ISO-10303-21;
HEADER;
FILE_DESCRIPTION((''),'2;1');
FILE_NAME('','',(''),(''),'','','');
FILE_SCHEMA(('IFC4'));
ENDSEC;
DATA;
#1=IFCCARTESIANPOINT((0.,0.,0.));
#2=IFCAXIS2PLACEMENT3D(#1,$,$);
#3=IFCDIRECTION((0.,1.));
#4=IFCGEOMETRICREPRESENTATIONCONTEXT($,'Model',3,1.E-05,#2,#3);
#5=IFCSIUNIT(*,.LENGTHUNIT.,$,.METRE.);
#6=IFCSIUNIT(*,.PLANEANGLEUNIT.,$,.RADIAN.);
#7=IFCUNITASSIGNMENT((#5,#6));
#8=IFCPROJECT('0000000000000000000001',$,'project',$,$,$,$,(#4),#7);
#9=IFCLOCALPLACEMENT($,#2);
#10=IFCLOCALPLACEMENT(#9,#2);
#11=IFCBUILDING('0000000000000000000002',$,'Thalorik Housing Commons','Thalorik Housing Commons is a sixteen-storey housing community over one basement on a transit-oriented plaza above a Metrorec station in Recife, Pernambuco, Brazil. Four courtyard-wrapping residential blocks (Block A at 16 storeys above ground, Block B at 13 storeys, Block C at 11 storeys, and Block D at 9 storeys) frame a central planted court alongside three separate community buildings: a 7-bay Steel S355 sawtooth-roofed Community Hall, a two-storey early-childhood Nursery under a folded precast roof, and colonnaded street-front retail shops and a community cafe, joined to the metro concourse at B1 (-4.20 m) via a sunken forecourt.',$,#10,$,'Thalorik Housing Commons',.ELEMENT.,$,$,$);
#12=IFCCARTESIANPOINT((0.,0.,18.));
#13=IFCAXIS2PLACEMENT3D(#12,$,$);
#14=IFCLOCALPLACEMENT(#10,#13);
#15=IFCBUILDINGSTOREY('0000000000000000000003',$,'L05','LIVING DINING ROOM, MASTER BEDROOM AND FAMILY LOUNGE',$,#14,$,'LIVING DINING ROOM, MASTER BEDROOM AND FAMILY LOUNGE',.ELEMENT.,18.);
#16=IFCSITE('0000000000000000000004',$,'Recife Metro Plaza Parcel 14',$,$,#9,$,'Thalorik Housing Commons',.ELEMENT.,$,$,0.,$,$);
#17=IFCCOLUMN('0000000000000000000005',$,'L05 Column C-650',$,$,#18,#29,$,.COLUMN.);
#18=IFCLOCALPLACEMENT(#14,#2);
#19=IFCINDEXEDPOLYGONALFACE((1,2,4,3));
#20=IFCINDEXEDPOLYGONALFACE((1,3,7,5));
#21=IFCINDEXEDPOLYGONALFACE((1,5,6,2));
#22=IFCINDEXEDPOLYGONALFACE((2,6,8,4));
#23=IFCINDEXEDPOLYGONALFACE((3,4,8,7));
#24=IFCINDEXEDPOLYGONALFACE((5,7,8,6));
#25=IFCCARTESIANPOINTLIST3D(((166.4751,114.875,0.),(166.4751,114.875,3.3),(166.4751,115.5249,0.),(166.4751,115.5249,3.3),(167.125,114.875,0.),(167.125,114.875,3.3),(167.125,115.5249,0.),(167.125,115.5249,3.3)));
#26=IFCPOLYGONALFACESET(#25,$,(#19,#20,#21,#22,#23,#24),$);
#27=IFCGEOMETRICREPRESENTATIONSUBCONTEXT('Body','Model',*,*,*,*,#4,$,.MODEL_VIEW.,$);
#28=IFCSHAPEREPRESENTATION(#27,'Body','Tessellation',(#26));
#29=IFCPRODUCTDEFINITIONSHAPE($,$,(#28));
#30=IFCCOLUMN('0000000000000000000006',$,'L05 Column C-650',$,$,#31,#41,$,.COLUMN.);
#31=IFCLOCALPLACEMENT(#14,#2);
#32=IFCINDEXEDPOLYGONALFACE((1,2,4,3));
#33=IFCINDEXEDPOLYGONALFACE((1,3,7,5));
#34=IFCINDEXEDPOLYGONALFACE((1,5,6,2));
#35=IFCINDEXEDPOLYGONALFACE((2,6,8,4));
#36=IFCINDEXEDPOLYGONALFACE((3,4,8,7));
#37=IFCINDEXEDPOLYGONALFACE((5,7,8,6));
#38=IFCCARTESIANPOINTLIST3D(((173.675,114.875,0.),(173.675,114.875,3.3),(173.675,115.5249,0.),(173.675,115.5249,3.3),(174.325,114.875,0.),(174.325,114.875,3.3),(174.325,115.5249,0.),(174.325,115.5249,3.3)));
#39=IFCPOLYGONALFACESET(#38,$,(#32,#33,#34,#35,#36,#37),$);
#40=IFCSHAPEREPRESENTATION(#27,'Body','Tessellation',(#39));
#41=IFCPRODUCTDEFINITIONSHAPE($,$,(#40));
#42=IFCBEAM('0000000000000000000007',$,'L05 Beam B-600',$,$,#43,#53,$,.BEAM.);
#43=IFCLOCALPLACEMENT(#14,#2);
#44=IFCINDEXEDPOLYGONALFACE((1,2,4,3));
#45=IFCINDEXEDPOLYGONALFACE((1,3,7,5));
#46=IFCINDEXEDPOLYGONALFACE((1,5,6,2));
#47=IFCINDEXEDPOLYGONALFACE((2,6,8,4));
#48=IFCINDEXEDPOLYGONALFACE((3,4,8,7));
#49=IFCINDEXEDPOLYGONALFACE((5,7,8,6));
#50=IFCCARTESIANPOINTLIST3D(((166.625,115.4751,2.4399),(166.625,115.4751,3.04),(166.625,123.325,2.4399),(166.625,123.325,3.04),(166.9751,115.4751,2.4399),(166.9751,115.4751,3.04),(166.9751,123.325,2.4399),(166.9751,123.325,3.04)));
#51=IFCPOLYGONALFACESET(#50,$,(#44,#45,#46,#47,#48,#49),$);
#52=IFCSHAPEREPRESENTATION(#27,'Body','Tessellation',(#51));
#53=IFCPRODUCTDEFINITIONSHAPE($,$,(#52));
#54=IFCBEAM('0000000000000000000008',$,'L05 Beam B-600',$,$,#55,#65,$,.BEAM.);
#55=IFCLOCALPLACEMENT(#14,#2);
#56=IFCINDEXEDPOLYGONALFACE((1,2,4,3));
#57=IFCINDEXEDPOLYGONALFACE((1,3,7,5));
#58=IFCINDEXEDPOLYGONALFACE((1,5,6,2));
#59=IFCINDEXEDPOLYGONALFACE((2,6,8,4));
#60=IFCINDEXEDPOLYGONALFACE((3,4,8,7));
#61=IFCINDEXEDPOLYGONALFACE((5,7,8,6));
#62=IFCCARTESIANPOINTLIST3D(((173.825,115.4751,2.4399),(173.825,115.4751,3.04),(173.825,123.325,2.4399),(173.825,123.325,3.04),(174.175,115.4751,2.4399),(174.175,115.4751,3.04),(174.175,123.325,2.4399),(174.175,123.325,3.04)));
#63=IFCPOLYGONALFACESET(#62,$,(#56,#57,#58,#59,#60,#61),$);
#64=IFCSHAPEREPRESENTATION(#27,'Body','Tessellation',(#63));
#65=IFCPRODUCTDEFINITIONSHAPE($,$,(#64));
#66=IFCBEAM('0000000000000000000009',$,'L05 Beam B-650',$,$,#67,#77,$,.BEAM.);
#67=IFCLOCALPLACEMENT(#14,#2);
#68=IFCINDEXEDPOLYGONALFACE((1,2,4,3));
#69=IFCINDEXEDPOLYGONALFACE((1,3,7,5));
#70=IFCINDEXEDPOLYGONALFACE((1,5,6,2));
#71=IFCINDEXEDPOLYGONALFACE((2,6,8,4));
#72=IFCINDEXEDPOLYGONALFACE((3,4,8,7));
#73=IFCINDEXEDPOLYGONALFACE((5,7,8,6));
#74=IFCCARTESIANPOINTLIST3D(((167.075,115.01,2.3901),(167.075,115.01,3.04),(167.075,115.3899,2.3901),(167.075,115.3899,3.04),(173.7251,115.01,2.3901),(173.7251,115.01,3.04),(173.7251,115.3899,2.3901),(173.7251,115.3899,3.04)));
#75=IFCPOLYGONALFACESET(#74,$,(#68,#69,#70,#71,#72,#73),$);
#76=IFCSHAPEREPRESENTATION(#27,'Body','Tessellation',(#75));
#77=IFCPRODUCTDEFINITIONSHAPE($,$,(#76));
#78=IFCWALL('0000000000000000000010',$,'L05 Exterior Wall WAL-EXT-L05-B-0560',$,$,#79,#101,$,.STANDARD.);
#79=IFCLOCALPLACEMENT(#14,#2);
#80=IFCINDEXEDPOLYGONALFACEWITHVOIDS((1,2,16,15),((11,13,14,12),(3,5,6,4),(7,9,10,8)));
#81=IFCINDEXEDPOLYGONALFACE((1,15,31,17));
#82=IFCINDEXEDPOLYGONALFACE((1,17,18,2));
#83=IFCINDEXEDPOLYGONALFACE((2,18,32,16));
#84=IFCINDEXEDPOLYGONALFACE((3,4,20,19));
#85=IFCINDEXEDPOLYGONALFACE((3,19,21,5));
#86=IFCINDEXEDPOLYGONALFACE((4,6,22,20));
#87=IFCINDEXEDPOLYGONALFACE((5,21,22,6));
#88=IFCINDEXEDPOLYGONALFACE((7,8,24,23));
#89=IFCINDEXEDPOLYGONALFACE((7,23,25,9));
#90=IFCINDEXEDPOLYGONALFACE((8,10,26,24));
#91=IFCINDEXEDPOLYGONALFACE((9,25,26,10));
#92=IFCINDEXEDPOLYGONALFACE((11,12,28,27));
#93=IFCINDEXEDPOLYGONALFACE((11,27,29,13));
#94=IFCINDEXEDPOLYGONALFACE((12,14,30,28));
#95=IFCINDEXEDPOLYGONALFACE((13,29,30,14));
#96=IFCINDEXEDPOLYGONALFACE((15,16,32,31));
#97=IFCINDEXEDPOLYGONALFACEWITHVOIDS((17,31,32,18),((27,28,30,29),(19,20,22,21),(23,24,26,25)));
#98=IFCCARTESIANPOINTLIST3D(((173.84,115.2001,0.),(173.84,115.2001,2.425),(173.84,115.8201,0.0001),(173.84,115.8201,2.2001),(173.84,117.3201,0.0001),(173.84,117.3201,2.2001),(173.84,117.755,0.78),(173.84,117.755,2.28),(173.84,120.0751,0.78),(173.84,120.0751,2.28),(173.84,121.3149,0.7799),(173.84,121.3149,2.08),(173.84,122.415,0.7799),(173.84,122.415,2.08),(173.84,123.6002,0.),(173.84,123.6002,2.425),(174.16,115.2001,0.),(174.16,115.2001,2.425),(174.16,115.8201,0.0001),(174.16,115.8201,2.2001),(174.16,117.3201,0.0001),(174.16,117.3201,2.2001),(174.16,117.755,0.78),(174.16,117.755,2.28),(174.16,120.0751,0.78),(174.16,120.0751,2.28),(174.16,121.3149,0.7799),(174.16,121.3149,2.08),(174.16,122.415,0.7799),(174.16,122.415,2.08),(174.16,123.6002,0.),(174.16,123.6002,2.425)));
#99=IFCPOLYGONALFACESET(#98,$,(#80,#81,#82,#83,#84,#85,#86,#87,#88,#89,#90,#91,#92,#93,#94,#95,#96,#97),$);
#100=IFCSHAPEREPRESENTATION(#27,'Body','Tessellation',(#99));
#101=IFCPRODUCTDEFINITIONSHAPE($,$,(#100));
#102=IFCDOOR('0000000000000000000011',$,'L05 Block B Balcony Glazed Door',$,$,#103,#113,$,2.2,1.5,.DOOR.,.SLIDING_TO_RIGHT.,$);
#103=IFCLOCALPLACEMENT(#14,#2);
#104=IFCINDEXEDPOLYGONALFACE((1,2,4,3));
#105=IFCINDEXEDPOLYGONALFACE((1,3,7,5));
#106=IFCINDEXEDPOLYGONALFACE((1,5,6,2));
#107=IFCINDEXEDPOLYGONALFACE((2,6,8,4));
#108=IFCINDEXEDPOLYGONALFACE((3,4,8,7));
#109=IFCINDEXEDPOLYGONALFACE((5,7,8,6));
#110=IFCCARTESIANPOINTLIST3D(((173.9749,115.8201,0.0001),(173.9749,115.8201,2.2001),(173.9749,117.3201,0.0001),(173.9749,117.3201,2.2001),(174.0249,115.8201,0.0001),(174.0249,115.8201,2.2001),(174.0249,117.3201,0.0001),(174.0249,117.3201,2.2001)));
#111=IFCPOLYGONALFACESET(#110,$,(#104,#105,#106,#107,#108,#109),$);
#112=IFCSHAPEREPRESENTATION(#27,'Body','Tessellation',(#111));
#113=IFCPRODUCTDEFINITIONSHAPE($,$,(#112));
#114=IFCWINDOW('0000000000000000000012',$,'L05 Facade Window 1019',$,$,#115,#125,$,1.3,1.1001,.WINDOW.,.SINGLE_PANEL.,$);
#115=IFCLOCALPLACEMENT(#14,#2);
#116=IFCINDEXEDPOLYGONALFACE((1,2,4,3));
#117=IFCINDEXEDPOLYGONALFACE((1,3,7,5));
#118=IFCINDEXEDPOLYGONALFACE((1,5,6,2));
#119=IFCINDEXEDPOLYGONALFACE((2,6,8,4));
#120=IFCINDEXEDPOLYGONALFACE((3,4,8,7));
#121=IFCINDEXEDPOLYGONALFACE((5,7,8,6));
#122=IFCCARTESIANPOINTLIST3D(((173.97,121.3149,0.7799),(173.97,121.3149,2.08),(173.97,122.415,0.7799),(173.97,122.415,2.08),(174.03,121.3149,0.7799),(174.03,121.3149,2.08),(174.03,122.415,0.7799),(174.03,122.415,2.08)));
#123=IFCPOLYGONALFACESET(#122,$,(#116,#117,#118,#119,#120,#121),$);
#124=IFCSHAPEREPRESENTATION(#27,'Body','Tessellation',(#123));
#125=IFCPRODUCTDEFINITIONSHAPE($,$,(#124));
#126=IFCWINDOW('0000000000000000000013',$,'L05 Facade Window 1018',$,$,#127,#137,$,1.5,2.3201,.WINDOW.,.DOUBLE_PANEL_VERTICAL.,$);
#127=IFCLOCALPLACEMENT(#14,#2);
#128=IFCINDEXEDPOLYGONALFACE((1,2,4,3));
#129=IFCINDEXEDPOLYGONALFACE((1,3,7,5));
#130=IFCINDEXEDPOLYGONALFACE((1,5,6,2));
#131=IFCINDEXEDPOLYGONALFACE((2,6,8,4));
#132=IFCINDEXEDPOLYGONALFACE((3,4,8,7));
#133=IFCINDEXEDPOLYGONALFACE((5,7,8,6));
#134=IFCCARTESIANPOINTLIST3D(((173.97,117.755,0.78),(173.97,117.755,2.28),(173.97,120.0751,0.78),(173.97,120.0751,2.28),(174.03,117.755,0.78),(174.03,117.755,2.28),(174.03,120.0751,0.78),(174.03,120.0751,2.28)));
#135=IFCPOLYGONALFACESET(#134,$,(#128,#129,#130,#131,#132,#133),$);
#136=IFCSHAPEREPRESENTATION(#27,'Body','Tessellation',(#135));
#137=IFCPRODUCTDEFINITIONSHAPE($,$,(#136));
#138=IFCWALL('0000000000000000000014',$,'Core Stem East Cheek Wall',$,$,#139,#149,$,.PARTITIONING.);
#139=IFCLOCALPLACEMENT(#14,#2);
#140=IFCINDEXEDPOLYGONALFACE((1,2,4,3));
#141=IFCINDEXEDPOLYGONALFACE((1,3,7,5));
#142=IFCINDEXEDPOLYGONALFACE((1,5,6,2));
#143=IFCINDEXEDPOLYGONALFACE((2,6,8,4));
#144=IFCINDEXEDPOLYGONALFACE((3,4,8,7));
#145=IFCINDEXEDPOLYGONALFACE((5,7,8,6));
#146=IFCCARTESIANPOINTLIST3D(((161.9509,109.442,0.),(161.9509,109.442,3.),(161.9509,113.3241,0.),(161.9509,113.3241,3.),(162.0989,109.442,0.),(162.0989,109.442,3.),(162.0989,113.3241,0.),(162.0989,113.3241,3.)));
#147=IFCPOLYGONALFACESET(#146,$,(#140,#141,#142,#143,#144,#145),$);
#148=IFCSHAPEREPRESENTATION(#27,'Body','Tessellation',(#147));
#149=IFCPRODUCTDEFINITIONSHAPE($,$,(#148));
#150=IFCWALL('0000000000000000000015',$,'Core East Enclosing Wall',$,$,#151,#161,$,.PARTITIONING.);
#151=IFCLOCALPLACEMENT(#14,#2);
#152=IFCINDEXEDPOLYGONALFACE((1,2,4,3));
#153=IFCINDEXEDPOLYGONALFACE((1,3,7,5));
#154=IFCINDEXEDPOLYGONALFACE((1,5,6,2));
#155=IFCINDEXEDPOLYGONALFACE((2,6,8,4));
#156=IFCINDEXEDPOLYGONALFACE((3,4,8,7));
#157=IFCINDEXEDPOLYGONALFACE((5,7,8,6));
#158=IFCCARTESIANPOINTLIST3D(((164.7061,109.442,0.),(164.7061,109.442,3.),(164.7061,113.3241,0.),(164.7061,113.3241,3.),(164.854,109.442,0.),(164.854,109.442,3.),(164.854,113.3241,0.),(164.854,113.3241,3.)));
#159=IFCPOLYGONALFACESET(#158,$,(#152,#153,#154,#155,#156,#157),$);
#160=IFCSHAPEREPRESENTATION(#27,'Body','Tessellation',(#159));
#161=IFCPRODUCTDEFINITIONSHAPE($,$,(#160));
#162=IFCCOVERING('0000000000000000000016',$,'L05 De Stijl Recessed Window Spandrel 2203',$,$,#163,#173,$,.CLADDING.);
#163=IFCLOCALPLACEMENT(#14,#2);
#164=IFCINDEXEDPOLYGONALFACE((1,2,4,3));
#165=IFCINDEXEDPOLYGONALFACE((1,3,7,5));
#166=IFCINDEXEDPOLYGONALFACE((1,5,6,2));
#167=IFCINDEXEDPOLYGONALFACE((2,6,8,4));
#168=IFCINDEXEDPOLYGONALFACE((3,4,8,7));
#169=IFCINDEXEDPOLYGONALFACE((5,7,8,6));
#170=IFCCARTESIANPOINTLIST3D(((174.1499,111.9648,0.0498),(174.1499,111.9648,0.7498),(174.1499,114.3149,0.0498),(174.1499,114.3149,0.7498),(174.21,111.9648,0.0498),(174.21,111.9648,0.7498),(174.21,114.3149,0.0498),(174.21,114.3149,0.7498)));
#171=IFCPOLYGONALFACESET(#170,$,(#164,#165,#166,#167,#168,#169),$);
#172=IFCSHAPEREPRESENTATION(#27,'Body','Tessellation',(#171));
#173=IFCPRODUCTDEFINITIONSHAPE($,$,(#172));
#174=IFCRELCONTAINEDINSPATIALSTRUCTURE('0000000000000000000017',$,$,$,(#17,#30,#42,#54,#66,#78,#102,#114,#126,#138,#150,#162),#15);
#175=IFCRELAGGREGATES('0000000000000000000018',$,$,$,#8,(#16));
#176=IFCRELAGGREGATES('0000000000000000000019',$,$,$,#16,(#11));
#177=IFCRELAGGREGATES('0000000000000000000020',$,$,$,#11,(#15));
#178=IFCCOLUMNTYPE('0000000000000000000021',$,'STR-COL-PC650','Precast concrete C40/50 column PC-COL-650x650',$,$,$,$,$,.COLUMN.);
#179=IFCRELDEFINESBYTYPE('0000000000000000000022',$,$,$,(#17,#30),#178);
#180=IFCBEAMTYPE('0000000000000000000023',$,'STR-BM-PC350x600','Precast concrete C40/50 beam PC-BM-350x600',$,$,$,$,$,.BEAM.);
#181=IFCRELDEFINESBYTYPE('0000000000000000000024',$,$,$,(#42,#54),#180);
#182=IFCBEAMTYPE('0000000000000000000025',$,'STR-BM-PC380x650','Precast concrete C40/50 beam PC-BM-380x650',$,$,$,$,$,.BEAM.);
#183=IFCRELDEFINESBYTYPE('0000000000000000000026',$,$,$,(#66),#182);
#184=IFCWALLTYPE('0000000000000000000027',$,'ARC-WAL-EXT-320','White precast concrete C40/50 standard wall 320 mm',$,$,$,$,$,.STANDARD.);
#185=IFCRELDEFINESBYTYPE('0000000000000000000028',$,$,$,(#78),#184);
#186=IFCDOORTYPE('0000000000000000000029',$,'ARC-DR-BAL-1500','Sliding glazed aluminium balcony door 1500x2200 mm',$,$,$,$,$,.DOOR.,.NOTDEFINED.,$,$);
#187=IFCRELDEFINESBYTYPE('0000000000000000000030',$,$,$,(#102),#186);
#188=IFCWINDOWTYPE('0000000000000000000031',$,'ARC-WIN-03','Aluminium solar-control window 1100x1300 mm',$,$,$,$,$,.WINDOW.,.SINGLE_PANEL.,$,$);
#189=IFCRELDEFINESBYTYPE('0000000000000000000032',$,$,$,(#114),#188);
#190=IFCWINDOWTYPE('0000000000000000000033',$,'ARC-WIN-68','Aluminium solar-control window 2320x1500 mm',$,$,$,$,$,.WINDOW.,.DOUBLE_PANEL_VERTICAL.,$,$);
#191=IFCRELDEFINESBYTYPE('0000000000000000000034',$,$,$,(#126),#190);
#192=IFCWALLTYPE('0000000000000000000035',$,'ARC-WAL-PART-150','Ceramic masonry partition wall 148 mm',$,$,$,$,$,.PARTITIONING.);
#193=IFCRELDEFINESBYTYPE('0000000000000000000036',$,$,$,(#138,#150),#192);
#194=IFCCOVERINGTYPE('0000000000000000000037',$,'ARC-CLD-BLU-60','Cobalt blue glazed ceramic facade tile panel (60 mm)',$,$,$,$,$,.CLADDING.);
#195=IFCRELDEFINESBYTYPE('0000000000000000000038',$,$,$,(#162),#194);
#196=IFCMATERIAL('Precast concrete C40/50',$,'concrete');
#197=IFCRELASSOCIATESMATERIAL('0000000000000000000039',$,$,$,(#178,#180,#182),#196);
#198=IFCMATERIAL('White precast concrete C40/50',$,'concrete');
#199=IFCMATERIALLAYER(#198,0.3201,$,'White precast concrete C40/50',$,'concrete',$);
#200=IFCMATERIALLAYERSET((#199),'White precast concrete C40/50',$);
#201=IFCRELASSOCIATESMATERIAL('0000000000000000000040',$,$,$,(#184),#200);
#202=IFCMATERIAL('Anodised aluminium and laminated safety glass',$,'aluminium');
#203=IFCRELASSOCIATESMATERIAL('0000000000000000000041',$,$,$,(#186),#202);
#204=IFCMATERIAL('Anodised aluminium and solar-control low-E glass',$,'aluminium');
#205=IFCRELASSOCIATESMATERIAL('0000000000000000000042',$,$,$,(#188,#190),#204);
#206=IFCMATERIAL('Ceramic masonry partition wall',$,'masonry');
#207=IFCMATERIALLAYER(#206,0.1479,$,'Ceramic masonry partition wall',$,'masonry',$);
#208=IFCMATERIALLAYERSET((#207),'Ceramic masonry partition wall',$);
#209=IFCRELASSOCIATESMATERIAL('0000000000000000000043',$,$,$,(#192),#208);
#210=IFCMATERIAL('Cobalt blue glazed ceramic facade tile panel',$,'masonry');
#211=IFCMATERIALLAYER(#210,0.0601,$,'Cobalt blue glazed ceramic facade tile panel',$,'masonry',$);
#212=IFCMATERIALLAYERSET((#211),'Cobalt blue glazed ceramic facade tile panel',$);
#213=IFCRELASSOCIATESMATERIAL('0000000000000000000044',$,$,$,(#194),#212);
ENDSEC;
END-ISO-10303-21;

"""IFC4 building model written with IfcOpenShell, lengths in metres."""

from ifc_helpers import new_model, si_unit, direction, frame, frame_2d, origin, origin_2d, place, context, subcontext, project, spatial, rectangle, extrude, material, layer, layer_set, material_profile, profile_set, type_object, element, fill, save


model = new_model("IFC4")

# Units and contexts
model_context = context("Model", 3, precision=1e-05, world=origin(), true_north=direction((0.0, 1.0)))
body_context = subcontext(model_context, "Body", "Model", "MODEL_VIEW")
ifc_project = project(units=[si_unit("LENGTHUNIT", "METRE"), si_unit("PLANEANGLEUNIT", "RADIAN")], contexts=[model_context])

# Site, building, storey
site_placement = place(None, origin())
site = spatial("IfcSite", under=ifc_project, at=site_placement, Name="Recife Metro Plaza Parcel 14", LongName="Thalorik Housing Commons", CompositionType="ELEMENT", RefElevation=0.0)
building_placement = place(site_placement, origin())
building = spatial("IfcBuilding", under=site, at=building_placement, Name="Thalorik Housing Commons", Description="Thalorik Housing Commons is a sixteen-storey housing community over one basement on a transit-oriented plaza above a Metrorec station in Recife, Pernambuco, Brazil. Four courtyard-wrapping residential blocks (Block A at 16 storeys above ground, Block B at 13 storeys, Block C at 11 storeys, and Block D at 9 storeys) frame a central planted court alongside three separate community buildings: a 7-bay Steel S355 sawtooth-roofed Community Hall, a two-storey early-childhood Nursery under a folded precast roof, and colonnaded street-front retail shops and a community cafe, joined to the metro concourse at B1 (-4.20 m) via a sunken forecourt.", LongName="Thalorik Housing Commons", CompositionType="ELEMENT")
storey_placement = place(building_placement, frame((0.0, 0.0, 18.0)))
storey = spatial("IfcBuildingStorey", under=building, at=storey_placement, Name="L05", Description="LIVING DINING ROOM, MASTER BEDROOM AND FAMILY LOUNGE", LongName="LIVING DINING ROOM, MASTER BEDROOM AND FAMILY LOUNGE", CompositionType="ELEMENT", Elevation=18.0)

# Columns
ifc_material_1 = material(Name="Precast concrete C40/50", Category="concrete")
ifc_material_profile_1 = material_profile(ifc_material_1, rectangle(XDim=0.6499, YDim=0.6499, at=origin_2d()), Name="PC 650x650", Category="concrete")
ifc_profile_set_1 = profile_set([ifc_material_profile_1], Name="Precast concrete C40/50")
column_type = type_object("IfcColumnType", Name="STR-COL-PC650", Description="Precast concrete C40/50 column PC-COL-650x650", PredefinedType="COLUMN", material=ifc_profile_set_1)
for number, where, z_axis, x_axis, name in (
    (1, (166.8, 115.2, 0.0), (0.0, 0.0, 1.0), (1.0, 0.0, 0.0), "L05 Column C-650"),
    (2, (174.0, 115.2, 0.0), (0.0, 0.0, 1.0), (1.0, 0.0, 0.0), "L05 Column C-650"),
):
    element("IfcColumn", number, at=place(storey_placement, frame(where, z_axis=z_axis, x_axis=x_axis)), inside=storey, type_object=column_type, Name=name, PredefinedType="COLUMN", context=body_context, shape_type="SweptSolid", body=[
        extrude(rectangle(XDim=0.6499, YDim=0.6499, at=origin_2d()), origin(), (0.0, 0.0, 1.0), 3.3),
    ])

# Beams
ifc_material_profile_2 = material_profile(ifc_material_1, rectangle(XDim=0.3501, YDim=0.6001, at=origin_2d()), Name="PC 350x600", Category="concrete")
ifc_profile_set_2 = profile_set([ifc_material_profile_2], Name="Precast concrete C40/50")
beam_type_1 = type_object("IfcBeamType", Name="STR-BM-PC350x600", Description="Precast concrete C40/50 beam PC-BM-350x600", PredefinedType="BEAM", material=ifc_profile_set_2)
for number, where, z_axis, x_axis, name in (
    (3, (166.8, 115.4751, 2.74), (0.0, 1.0, 0.0), (-1.0, 0.0, 0.0), "L05 Beam B-600"),
    (4, (174.0, 115.4751, 2.74), (0.0, 1.0, 0.0), (-1.0, 0.0, 0.0), "L05 Beam B-600"),
):
    element("IfcBeam", number, at=place(storey_placement, frame(where, z_axis=z_axis, x_axis=x_axis)), inside=storey, type_object=beam_type_1, Name=name, PredefinedType="BEAM", context=body_context, shape_type="SweptSolid", body=[
        extrude(rectangle(XDim=0.3501, YDim=0.6001, at=origin_2d()), origin(), (0.0, 0.0, 1.0), 7.8499),
    ])
ifc_material_profile_3 = material_profile(ifc_material_1, rectangle(XDim=0.3799, YDim=0.6499, at=origin_2d()), Name="PC 380x650", Category="concrete")
ifc_profile_set_3 = profile_set([ifc_material_profile_3], Name="Precast concrete C40/50")
beam_type_2 = type_object("IfcBeamType", Name="STR-BM-PC380x650", Description="Precast concrete C40/50 beam PC-BM-380x650", PredefinedType="BEAM", material=ifc_profile_set_3)
beam_placement = place(storey_placement, frame((167.075, 115.2, 2.7151), z_axis=(1.0, 0.0, 0.0), x_axis=(0.0, 1.0, 0.0)))
element("IfcBeam", 5, at=beam_placement, inside=storey, type_object=beam_type_2, Name="L05 Beam B-650", PredefinedType="BEAM", context=body_context, shape_type="SweptSolid", body=[
    extrude(rectangle(XDim=0.3799, YDim=0.6499, at=origin_2d()), origin(), (0.0, 0.0, 1.0), 6.6501),
])

# Wall, openings, door, windows
ifc_material_2 = material(Name="White precast concrete C40/50", Category="concrete")
ifc_layer_1 = layer(ifc_material_2, 0.3201, Name="White precast concrete C40/50", Category="concrete")
ifc_layer_set_1 = layer_set([ifc_layer_1], Name="White precast concrete C40/50")
wall_type_1 = type_object("IfcWallType", Name="ARC-WAL-EXT-320", Description="White precast concrete C40/50 standard wall 320 mm", PredefinedType="STANDARD", material=ifc_layer_set_1)
wall_1_placement = place(storey_placement, frame((174.0, 115.2, 0.0), z_axis=(0.0, 0.0, 1.0), x_axis=(0.0, 1.0, 0.0)))
wall_1 = element("IfcWall", 6, at=wall_1_placement, inside=storey, type_object=wall_type_1, Name="L05 Exterior Wall WAL-EXT-L05-B-0560", PredefinedType="STANDARD", context=body_context, shape_type="SweptSolid", body=[
    extrude(rectangle(XDim=8.4001, YDim=0.3201, at=frame_2d((4.2002, 0.0))), origin(), (0.0, 0.0, 1.0), 2.425),
])
opening_1_placement = place(wall_1_placement, frame((0.6201, 0.0, 0.0)))
opening_1 = element("IfcOpeningElement", 7, at=opening_1_placement, cuts=wall_1, PredefinedType="OPENING", context=body_context, shape_type="SweptSolid", body=[
    extrude(rectangle(XDim=1.5, YDim=2.2, at=frame_2d((0.75, 1.1001))), frame((0.0, 0.1699, 0.0), z_axis=(0.0, -1.0, 0.0), x_axis=(1.0, 0.0, 0.0)), (0.0, 0.0, 1.0), 0.3401),
])
opening_2_placement = place(wall_1_placement, frame((2.5549, 0.0, 0.78)))
opening_2 = element("IfcOpeningElement", 8, at=opening_2_placement, cuts=wall_1, PredefinedType="OPENING", context=body_context, shape_type="SweptSolid", body=[
    extrude(rectangle(XDim=2.3201, YDim=1.5, at=frame_2d((1.1602, 0.75))), frame((0.0, 0.1699, 0.0), z_axis=(0.0, -1.0, 0.0), x_axis=(1.0, 0.0, 0.0)), (0.0, 0.0, 1.0), 0.3401),
])
opening_3_placement = place(wall_1_placement, frame((6.115, 0.0, 0.78)))
opening_3 = element("IfcOpeningElement", 9, at=opening_3_placement, cuts=wall_1, PredefinedType="OPENING", context=body_context, shape_type="SweptSolid", body=[
    extrude(rectangle(XDim=1.1001, YDim=1.3, at=frame_2d((0.55, 0.6499))), frame((0.0, 0.1699, 0.0), z_axis=(0.0, -1.0, 0.0), x_axis=(1.0, 0.0, 0.0)), (0.0, 0.0, 1.0), 0.3401),
])
ifc_material_3 = material(Name="Anodised aluminium and laminated safety glass", Category="aluminium")
door_type_1 = type_object("IfcDoorType", Name="ARC-DR-BAL-1500", Description="Sliding glazed aluminium balcony door 1500x2200 mm", OperationType="NOTDEFINED", PredefinedType="DOOR", material=ifc_material_3)
door_1_placement = place(opening_1_placement, frame((1.5, 0.0, 0.0), z_axis=(0.0, 0.0, 1.0), x_axis=(-1.0, 0.0, 0.0)))
door_1 = element("IfcDoor", 10, at=door_1_placement, inside=storey, type_object=door_type_1, Name="L05 Block B Balcony Glazed Door", OperationType="SLIDING_TO_RIGHT", OverallHeight=2.2, OverallWidth=1.5, PredefinedType="DOOR", context=body_context, shape_type="SweptSolid", body=[
    extrude(rectangle(XDim=1.5, YDim=2.2, at=frame_2d((0.75, 1.1001))), frame((0.0, 0.0249, 0.0), z_axis=(0.0, -1.0, 0.0), x_axis=(1.0, 0.0, 0.0)), (0.0, 0.0, 1.0), 0.05),
])
fill(opening_1, door_1)
ifc_material_4 = material(Name="Anodised aluminium and solar-control low-E glass", Category="aluminium")
window_type_1 = type_object("IfcWindowType", Name="ARC-WIN-03", Description="Aluminium solar-control window 1100x1300 mm", PartitioningType="SINGLE_PANEL", PredefinedType="WINDOW", material=ifc_material_4)
window_1_placement = place(opening_3_placement, origin())
window_1 = element("IfcWindow", 11, at=window_1_placement, inside=storey, type_object=window_type_1, Name="L05 Facade Window 1019", OverallHeight=1.3, OverallWidth=1.1001, PartitioningType="SINGLE_PANEL", PredefinedType="WINDOW", context=body_context, shape_type="SweptSolid", body=[
    extrude(rectangle(XDim=1.1001, YDim=1.3, at=frame_2d((0.55, 0.6499))), frame((0.0, 0.03, 0.0), z_axis=(0.0, -1.0, 0.0), x_axis=(1.0, 0.0, 0.0)), (0.0, 0.0, 1.0), 0.0601),
])
fill(opening_3, window_1)
window_type_2 = type_object("IfcWindowType", Name="ARC-WIN-68", Description="Aluminium solar-control window 2320x1500 mm", PartitioningType="DOUBLE_PANEL_VERTICAL", PredefinedType="WINDOW", material=ifc_material_4)
window_2_placement = place(opening_2_placement, origin())
window_2 = element("IfcWindow", 12, at=window_2_placement, inside=storey, type_object=window_type_2, Name="L05 Facade Window 1018", OverallHeight=1.5, OverallWidth=2.3201, PartitioningType="DOUBLE_PANEL_VERTICAL", PredefinedType="WINDOW", context=body_context, shape_type="SweptSolid", body=[
    extrude(rectangle(XDim=2.3201, YDim=1.5, at=frame_2d((1.1602, 0.75))), frame((0.0, 0.03, 0.0), z_axis=(0.0, -1.0, 0.0), x_axis=(1.0, 0.0, 0.0)), (0.0, 0.0, 1.0), 0.0601),
])
fill(opening_2, window_2)

# Walls
ifc_material_5 = material(Name="Ceramic masonry partition wall", Category="masonry")
ifc_layer_2 = layer(ifc_material_5, 0.1479, Name="Ceramic masonry partition wall", Category="masonry")
ifc_layer_set_2 = layer_set([ifc_layer_2], Name="Ceramic masonry partition wall")
wall_type_2 = type_object("IfcWallType", Name="ARC-WAL-PART-150", Description="Ceramic masonry partition wall 148 mm", PredefinedType="PARTITIONING", material=ifc_layer_set_2)
for number, where, z_axis, x_axis, name in (
    (13, (162.0249, 113.324, 0.0), (0.0, 0.0, 1.0), (0.0, -1.0, 0.0), "Core Stem East Cheek Wall"),
    (14, (164.78, 113.324, 0.0), (0.0, 0.0, 1.0), (0.0, -1.0, 0.0), "Core East Enclosing Wall"),
):
    element("IfcWall", number, at=place(storey_placement, frame(where, z_axis=z_axis, x_axis=x_axis)), inside=storey, type_object=wall_type_2, Name=name, PredefinedType="PARTITIONING", context=body_context, shape_type="SweptSolid", body=[
        extrude(rectangle(XDim=3.8821, YDim=0.1479, at=frame_2d((1.9409, 0.0))), origin(), (0.0, 0.0, 1.0), 3.0),
    ])

# Covering
ifc_material_6 = material(Name="Cobalt blue glazed ceramic facade tile panel", Category="masonry")
ifc_layer_3 = layer(ifc_material_6, 0.0601, Name="Cobalt blue glazed ceramic facade tile panel", Category="masonry")
ifc_layer_set_3 = layer_set([ifc_layer_3], Name="Cobalt blue glazed ceramic facade tile panel")
covering_type_1 = type_object("IfcCoveringType", Name="ARC-CLD-BLU-60", Description="Cobalt blue glazed ceramic facade tile panel (60 mm)", PredefinedType="CLADDING", material=ifc_layer_set_3)
covering_1_placement = place(storey_placement, frame((174.1799, 113.1399, 0.0498), z_axis=(0.0, 0.0, 1.0), x_axis=(0.0, 1.0, 0.0)))
element("IfcCovering", 15, at=covering_1_placement, inside=storey, type_object=covering_type_1, Name="L05 De Stijl Recessed Window Spandrel 2203", PredefinedType="CLADDING", context=body_context, shape_type="SweptSolid", body=[
    extrude(rectangle(XDim=2.3501, YDim=0.0601, at=origin_2d()), origin(), (0.0, 0.0, 1.0), 0.7),
])

save(model, "model.ifc")
